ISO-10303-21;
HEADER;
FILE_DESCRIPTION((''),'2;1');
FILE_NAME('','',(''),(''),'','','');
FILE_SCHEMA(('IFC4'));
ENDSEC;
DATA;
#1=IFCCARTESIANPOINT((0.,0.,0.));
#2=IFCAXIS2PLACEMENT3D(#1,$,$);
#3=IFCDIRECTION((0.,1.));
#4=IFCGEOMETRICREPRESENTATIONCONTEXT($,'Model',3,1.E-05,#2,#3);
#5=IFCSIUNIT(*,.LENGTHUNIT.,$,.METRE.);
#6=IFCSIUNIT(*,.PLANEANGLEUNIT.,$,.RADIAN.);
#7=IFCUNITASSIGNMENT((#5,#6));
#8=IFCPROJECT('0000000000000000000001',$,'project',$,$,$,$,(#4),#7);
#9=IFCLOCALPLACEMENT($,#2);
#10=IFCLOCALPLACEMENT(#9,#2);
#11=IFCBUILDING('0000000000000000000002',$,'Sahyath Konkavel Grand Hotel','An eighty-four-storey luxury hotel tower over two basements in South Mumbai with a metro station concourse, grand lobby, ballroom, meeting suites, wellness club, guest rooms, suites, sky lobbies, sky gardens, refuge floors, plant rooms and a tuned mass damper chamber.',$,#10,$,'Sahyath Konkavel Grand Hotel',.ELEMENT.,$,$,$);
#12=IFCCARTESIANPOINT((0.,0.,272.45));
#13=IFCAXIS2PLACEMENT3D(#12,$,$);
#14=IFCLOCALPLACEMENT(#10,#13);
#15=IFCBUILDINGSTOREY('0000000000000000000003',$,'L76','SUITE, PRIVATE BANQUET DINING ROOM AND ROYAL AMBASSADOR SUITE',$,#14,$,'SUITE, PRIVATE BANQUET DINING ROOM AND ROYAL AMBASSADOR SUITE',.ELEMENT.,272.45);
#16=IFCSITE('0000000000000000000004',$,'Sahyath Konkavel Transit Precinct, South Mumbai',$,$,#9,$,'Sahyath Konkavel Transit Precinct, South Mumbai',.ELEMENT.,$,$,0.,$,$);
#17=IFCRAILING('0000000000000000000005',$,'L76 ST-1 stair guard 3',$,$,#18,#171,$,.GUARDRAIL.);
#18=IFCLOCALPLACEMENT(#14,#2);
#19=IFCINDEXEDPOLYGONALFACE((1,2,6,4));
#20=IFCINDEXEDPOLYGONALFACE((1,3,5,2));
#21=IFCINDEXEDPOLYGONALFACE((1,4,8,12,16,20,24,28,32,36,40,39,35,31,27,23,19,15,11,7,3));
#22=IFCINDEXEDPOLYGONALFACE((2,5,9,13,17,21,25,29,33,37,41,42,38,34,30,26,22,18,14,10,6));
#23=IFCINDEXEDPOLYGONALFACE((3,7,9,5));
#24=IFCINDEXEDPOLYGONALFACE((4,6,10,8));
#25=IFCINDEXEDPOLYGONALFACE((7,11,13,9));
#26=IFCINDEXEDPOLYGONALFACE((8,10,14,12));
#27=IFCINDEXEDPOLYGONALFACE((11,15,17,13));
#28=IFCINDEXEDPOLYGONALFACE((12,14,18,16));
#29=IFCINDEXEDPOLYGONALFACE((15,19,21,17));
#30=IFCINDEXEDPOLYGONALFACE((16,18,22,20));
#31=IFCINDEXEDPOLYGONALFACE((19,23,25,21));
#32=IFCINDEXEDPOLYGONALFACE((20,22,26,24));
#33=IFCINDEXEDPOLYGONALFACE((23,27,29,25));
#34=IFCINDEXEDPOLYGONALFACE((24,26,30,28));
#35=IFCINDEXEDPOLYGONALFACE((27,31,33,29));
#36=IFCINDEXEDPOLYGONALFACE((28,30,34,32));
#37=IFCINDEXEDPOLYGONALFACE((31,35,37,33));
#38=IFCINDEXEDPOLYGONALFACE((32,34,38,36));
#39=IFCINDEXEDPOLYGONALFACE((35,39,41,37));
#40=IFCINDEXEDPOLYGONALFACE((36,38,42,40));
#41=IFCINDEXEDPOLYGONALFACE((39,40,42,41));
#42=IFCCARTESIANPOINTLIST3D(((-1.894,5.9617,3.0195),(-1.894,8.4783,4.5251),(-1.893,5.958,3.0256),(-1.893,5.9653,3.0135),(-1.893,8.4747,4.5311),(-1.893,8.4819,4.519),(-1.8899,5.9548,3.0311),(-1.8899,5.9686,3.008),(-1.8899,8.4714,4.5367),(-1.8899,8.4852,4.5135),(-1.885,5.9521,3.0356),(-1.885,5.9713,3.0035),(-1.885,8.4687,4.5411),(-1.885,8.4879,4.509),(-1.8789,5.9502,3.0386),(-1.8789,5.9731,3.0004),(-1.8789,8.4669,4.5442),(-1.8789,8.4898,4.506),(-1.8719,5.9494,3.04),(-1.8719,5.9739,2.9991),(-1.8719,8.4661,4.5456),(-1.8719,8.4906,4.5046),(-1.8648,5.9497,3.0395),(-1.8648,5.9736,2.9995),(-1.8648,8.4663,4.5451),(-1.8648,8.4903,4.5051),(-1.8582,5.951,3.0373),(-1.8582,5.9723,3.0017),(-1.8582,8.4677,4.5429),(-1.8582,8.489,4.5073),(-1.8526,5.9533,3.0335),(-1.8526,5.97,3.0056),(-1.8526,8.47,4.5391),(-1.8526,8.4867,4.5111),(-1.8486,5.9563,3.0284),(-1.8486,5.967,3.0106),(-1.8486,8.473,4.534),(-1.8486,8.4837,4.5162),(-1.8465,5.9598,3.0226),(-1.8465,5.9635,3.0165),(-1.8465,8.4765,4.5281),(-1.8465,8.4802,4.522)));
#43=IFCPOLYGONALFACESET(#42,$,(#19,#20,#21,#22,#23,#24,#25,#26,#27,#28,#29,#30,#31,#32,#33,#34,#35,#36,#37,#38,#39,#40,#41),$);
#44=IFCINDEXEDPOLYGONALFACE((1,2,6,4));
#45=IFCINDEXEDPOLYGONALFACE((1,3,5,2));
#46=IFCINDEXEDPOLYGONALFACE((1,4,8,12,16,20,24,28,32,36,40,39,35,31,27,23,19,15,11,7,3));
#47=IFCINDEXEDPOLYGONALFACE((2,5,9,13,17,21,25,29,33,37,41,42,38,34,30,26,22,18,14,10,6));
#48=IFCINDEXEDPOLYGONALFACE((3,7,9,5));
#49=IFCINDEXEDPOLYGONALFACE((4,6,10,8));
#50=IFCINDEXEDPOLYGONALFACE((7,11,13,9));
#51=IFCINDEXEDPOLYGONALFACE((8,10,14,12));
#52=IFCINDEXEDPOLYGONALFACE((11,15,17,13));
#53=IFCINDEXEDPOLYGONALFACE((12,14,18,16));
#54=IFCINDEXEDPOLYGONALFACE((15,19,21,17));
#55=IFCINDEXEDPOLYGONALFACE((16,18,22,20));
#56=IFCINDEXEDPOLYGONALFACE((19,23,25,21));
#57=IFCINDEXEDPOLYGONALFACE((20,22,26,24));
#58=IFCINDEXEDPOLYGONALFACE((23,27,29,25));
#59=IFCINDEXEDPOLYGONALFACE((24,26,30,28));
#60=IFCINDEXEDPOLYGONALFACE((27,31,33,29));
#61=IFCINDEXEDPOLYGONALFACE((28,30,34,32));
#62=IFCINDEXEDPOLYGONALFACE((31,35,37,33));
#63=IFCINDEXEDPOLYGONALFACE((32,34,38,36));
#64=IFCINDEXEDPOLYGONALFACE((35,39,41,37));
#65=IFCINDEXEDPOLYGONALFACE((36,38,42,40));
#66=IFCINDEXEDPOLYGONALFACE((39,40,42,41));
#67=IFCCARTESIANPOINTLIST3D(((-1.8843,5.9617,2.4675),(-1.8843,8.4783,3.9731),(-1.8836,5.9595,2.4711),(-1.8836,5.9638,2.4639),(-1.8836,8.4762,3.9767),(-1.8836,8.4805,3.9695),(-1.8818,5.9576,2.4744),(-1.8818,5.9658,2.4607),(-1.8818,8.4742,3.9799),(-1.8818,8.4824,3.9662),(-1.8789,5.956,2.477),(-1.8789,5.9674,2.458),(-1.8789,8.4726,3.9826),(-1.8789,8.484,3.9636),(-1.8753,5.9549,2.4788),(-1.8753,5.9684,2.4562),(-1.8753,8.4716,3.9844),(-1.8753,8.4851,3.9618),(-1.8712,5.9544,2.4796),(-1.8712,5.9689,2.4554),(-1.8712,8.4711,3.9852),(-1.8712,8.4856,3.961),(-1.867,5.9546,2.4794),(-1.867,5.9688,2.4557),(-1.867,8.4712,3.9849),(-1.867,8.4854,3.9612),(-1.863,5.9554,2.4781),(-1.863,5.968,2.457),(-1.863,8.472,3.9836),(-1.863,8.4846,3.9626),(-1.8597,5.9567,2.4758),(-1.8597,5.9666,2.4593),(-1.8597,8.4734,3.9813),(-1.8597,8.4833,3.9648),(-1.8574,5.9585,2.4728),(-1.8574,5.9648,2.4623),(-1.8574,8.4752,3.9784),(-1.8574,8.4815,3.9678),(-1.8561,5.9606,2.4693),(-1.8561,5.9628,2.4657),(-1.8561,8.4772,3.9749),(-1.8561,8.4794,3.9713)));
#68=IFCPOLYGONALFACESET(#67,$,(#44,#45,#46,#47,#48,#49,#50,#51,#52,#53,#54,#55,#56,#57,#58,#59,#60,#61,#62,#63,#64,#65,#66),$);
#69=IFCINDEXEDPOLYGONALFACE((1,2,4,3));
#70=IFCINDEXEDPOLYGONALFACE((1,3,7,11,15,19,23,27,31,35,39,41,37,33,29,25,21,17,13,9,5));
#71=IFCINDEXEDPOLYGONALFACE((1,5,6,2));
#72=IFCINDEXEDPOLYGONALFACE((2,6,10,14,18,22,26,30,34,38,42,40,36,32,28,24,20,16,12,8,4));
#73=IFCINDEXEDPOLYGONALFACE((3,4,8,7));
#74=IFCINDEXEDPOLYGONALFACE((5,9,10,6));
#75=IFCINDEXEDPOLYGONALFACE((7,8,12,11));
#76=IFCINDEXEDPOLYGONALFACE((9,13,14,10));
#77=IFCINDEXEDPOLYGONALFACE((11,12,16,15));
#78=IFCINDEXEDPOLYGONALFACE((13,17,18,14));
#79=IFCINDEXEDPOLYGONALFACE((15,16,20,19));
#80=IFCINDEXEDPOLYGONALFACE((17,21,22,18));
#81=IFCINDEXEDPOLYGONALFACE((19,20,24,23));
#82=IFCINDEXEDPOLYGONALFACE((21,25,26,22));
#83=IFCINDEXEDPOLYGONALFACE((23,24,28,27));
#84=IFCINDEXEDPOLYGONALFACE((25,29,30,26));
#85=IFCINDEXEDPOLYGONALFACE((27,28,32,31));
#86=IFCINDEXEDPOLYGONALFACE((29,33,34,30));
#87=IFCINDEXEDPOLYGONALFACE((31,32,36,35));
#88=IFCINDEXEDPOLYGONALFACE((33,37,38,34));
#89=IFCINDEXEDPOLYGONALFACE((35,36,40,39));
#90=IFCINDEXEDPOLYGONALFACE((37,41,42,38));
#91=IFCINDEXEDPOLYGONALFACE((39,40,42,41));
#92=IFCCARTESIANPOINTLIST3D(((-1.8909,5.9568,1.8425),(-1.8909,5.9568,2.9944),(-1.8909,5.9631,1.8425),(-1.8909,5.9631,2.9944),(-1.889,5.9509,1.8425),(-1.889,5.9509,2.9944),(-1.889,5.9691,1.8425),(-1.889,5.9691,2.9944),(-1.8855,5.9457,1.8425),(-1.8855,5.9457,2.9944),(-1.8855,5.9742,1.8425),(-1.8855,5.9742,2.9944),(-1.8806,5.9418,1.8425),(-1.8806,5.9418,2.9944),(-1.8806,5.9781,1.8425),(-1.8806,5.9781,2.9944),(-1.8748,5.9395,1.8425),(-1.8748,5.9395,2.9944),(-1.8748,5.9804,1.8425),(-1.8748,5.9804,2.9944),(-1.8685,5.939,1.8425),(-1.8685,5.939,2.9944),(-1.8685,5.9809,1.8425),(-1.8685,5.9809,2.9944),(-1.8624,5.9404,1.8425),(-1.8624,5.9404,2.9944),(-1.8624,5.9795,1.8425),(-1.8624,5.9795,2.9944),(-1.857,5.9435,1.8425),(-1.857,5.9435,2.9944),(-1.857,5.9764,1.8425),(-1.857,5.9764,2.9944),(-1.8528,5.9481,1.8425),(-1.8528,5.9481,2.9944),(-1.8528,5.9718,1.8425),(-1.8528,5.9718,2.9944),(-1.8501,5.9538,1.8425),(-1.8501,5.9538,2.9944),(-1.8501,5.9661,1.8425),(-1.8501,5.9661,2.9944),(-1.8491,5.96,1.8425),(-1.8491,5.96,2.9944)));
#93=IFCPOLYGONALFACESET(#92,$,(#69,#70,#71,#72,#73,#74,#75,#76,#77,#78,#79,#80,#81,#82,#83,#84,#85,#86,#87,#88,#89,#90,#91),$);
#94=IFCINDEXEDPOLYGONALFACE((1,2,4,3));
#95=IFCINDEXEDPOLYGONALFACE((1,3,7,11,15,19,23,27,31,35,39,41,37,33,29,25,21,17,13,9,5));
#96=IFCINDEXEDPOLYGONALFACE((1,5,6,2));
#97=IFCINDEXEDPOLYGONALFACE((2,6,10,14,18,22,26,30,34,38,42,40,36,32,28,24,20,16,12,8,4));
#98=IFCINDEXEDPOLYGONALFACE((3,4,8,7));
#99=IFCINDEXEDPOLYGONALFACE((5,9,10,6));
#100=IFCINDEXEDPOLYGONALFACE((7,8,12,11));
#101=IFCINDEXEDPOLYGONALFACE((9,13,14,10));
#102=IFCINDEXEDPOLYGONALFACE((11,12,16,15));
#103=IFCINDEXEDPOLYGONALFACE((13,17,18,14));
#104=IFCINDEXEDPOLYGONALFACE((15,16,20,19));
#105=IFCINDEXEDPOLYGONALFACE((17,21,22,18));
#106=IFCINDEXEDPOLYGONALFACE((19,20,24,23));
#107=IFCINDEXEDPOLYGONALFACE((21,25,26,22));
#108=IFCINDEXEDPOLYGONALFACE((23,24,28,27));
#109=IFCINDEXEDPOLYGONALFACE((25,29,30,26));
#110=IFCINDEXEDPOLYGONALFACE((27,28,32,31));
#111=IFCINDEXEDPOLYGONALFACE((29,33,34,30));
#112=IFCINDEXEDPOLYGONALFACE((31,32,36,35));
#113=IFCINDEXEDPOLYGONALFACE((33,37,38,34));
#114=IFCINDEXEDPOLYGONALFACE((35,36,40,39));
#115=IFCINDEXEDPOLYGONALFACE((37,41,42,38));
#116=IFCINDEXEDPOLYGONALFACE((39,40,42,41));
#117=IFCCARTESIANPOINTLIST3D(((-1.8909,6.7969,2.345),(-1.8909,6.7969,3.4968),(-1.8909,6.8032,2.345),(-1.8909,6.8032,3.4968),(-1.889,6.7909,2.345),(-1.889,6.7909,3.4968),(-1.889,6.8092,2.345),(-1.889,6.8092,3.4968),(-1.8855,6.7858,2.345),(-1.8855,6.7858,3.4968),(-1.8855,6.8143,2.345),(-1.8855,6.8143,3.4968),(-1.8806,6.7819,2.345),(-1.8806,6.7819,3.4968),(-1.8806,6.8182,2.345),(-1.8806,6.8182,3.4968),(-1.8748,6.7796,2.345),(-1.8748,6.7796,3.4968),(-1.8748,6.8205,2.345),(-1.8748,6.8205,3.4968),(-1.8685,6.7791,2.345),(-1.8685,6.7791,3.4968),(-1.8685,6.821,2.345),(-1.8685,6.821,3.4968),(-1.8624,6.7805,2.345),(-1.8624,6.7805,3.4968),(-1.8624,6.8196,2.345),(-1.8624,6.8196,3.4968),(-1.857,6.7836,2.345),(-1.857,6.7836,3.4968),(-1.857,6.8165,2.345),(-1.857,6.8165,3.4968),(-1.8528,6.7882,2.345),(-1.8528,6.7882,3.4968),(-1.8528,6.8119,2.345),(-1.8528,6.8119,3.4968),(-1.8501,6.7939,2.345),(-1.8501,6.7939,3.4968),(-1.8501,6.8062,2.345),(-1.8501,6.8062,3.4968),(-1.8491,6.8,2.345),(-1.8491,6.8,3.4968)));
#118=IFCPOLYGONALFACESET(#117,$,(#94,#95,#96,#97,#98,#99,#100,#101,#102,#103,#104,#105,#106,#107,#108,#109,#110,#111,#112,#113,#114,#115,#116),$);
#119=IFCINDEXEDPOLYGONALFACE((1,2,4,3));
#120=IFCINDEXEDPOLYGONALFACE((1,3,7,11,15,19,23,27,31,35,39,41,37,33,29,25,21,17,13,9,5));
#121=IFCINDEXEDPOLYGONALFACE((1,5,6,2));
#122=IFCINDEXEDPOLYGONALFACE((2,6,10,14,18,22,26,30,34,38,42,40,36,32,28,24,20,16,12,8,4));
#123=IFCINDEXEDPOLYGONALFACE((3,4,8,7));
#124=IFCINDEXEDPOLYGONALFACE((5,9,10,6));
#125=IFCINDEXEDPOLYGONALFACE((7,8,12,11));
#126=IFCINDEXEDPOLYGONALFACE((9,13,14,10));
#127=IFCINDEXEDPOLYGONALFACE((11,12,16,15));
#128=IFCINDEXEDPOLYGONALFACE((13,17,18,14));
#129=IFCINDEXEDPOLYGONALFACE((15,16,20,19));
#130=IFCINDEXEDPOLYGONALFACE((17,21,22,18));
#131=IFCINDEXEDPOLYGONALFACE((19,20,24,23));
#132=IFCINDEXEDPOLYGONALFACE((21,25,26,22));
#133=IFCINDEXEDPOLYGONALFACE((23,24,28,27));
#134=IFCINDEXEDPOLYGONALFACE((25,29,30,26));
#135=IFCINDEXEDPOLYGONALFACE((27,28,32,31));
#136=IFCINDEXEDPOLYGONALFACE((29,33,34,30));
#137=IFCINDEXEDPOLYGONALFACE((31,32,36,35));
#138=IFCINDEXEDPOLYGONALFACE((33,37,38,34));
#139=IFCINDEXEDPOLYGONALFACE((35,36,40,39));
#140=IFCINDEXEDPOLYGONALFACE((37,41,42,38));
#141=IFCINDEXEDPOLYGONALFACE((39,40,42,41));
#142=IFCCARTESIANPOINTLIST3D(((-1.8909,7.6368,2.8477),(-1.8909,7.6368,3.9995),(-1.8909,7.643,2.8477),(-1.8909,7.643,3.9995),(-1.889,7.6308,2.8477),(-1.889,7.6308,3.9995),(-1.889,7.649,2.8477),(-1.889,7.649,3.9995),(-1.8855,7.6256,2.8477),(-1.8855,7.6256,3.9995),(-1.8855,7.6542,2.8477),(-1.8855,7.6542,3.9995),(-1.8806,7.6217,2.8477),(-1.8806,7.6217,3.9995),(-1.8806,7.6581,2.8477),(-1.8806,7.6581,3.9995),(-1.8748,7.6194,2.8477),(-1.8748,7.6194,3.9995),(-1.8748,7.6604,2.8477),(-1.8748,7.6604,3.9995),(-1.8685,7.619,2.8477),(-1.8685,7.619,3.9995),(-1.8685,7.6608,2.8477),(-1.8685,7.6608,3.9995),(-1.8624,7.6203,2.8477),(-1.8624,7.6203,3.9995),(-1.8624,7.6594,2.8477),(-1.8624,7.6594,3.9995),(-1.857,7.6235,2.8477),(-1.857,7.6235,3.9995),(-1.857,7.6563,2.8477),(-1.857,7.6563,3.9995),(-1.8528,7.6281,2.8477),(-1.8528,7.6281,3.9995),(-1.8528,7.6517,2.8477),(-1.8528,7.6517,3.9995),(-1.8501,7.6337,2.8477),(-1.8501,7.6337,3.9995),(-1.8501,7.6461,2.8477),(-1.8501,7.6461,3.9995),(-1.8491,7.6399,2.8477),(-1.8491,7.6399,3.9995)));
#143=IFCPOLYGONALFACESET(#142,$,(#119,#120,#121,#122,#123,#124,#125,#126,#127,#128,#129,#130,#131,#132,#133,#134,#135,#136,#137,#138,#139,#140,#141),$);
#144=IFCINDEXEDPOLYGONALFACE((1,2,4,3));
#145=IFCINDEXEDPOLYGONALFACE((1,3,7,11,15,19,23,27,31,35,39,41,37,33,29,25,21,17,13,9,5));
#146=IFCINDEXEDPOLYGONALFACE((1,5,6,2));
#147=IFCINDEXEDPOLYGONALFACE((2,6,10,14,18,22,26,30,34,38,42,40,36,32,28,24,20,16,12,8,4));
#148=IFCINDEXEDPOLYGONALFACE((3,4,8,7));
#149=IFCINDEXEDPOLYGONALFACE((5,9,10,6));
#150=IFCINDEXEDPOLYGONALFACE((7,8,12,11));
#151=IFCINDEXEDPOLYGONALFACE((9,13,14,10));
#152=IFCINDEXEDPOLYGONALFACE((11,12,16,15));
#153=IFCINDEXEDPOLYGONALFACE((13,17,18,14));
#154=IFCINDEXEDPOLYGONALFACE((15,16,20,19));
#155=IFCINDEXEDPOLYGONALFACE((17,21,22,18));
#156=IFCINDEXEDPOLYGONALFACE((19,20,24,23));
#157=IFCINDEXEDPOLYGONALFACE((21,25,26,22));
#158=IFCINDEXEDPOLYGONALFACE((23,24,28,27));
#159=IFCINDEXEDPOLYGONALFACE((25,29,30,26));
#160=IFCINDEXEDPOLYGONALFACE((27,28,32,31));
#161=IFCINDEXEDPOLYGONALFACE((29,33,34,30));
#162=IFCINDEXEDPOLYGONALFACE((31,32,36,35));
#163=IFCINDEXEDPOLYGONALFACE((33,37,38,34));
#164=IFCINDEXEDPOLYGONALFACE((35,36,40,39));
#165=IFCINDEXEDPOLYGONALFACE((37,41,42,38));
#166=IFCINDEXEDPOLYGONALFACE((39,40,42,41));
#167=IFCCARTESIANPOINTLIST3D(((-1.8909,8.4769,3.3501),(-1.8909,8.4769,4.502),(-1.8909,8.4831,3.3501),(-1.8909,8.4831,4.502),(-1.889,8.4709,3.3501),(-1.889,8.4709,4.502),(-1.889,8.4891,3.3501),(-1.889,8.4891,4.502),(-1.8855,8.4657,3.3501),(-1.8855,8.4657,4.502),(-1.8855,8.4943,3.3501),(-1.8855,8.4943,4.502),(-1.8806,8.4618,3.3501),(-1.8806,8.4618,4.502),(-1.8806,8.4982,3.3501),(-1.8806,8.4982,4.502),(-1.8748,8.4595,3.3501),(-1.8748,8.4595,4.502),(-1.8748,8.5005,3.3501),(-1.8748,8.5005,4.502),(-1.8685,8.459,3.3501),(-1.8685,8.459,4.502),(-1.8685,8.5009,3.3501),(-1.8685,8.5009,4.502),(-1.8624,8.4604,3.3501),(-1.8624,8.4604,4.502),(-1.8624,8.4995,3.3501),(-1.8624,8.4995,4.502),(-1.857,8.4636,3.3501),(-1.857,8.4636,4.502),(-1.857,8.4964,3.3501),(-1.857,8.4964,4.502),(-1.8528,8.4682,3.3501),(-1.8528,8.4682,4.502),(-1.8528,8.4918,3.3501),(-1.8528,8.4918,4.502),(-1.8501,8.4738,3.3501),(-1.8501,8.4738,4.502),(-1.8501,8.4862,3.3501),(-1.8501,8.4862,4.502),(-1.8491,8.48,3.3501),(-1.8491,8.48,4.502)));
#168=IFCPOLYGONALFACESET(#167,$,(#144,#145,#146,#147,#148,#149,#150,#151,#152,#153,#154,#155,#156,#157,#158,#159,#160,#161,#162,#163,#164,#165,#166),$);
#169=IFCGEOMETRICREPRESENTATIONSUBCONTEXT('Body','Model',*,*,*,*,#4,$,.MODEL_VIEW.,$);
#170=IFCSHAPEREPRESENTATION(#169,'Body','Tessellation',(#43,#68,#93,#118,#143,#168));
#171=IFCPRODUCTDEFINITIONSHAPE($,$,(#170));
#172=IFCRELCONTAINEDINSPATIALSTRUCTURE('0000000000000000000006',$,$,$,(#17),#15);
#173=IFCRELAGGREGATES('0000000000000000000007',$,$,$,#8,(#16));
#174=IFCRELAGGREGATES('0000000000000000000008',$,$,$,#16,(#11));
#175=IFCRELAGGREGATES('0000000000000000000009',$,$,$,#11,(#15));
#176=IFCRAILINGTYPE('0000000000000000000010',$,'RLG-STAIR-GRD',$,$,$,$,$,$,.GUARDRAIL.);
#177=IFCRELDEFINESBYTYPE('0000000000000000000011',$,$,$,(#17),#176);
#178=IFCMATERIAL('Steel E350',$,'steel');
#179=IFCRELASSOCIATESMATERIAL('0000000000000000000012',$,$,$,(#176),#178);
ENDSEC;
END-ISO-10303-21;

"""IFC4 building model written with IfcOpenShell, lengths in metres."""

from ifc_helpers import new_model, si_unit, direction, frame, origin, origin_2d, place, context, subcontext, project, spatial, circle, extrude, material, type_object, element, save


model = new_model("IFC4")

# Units and contexts
model_context = context("Model", 3, precision=1e-05, world=origin(), true_north=direction((0.0, 1.0)))
body_context = subcontext(model_context, "Body", "Model", "MODEL_VIEW")
ifc_project = project(units=[si_unit("LENGTHUNIT", "METRE"), si_unit("PLANEANGLEUNIT", "RADIAN")], contexts=[model_context])

# Site, building, storey
site_placement = place(None, origin())
site = spatial("IfcSite", under=ifc_project, at=site_placement, Name="Sahyath Konkavel Transit Precinct, South Mumbai", LongName="Sahyath Konkavel Transit Precinct, South Mumbai", CompositionType="ELEMENT", RefElevation=0.0)
building_placement = place(site_placement, origin())
building = spatial("IfcBuilding", under=site, at=building_placement, Name="Sahyath Konkavel Grand Hotel", Description="An eighty-four-storey luxury hotel tower over two basements in South Mumbai with a metro station concourse, grand lobby, ballroom, meeting suites, wellness club, guest rooms, suites, sky lobbies, sky gardens, refuge floors, plant rooms and a tuned mass damper chamber.", LongName="Sahyath Konkavel Grand Hotel", CompositionType="ELEMENT")
storey_placement = place(building_placement, frame((0.0, 0.0, 272.45)))
storey = spatial("IfcBuildingStorey", under=building, at=storey_placement, Name="L76", Description="SUITE, PRIVATE BANQUET DINING ROOM AND ROYAL AMBASSADOR SUITE", LongName="SUITE, PRIVATE BANQUET DINING ROOM AND ROYAL AMBASSADOR SUITE", CompositionType="ELEMENT", Elevation=272.45)

# Shared definitions
ifc_material_1 = material(Name="Steel E350", Category="steel")

# Railing
railing_type_1 = type_object("IfcRailingType", Name="RLG-STAIR-GRD", PredefinedType="GUARDRAIL", material=ifc_material_1)
railing_1_placement = place(storey_placement, frame((-1.8701, 5.96, 1.8425)))
element("IfcRailing", 1, at=railing_1_placement, inside=storey, type_object=railing_type_1, Name="L76 ST-1 stair guard 3", PredefinedType="GUARDRAIL", context=body_context, shape_type="SweptSolid", body=[
    extrude(circle(Radius=0.0239, at=origin_2d()), frame((0.0, 0.0017, 1.177), z_axis=(0.0, 0.85816, 0.513383), x_axis=(-1.0, 0.0, 0.0)), (0.0, 0.0, 1.0), 2.9326),
    extrude(circle(Radius=0.0142, at=origin_2d()), frame((0.0, 0.0017, 0.625), z_axis=(0.0, 0.85816, 0.513383), x_axis=(-1.0, 0.0, 0.0)), (0.0, 0.0, 1.0), 2.9326),
    extrude(circle(Radius=0.021, at=origin_2d()), origin(), (0.0, 0.0, 1.0), 1.1519),
    extrude(circle(Radius=0.021, at=origin_2d()), frame((0.0, 0.8401, 0.5024)), (0.0, 0.0, 1.0), 1.1519),
    extrude(circle(Radius=0.021, at=origin_2d()), frame((0.0, 1.6799, 1.0051)), (0.0, 0.0, 1.0), 1.1519),
    extrude(circle(Radius=0.021, at=origin_2d()), frame((0.0, 2.52, 1.5076)), (0.0, 0.0, 1.0), 1.1519),
])

save(model, "model.ifc")
